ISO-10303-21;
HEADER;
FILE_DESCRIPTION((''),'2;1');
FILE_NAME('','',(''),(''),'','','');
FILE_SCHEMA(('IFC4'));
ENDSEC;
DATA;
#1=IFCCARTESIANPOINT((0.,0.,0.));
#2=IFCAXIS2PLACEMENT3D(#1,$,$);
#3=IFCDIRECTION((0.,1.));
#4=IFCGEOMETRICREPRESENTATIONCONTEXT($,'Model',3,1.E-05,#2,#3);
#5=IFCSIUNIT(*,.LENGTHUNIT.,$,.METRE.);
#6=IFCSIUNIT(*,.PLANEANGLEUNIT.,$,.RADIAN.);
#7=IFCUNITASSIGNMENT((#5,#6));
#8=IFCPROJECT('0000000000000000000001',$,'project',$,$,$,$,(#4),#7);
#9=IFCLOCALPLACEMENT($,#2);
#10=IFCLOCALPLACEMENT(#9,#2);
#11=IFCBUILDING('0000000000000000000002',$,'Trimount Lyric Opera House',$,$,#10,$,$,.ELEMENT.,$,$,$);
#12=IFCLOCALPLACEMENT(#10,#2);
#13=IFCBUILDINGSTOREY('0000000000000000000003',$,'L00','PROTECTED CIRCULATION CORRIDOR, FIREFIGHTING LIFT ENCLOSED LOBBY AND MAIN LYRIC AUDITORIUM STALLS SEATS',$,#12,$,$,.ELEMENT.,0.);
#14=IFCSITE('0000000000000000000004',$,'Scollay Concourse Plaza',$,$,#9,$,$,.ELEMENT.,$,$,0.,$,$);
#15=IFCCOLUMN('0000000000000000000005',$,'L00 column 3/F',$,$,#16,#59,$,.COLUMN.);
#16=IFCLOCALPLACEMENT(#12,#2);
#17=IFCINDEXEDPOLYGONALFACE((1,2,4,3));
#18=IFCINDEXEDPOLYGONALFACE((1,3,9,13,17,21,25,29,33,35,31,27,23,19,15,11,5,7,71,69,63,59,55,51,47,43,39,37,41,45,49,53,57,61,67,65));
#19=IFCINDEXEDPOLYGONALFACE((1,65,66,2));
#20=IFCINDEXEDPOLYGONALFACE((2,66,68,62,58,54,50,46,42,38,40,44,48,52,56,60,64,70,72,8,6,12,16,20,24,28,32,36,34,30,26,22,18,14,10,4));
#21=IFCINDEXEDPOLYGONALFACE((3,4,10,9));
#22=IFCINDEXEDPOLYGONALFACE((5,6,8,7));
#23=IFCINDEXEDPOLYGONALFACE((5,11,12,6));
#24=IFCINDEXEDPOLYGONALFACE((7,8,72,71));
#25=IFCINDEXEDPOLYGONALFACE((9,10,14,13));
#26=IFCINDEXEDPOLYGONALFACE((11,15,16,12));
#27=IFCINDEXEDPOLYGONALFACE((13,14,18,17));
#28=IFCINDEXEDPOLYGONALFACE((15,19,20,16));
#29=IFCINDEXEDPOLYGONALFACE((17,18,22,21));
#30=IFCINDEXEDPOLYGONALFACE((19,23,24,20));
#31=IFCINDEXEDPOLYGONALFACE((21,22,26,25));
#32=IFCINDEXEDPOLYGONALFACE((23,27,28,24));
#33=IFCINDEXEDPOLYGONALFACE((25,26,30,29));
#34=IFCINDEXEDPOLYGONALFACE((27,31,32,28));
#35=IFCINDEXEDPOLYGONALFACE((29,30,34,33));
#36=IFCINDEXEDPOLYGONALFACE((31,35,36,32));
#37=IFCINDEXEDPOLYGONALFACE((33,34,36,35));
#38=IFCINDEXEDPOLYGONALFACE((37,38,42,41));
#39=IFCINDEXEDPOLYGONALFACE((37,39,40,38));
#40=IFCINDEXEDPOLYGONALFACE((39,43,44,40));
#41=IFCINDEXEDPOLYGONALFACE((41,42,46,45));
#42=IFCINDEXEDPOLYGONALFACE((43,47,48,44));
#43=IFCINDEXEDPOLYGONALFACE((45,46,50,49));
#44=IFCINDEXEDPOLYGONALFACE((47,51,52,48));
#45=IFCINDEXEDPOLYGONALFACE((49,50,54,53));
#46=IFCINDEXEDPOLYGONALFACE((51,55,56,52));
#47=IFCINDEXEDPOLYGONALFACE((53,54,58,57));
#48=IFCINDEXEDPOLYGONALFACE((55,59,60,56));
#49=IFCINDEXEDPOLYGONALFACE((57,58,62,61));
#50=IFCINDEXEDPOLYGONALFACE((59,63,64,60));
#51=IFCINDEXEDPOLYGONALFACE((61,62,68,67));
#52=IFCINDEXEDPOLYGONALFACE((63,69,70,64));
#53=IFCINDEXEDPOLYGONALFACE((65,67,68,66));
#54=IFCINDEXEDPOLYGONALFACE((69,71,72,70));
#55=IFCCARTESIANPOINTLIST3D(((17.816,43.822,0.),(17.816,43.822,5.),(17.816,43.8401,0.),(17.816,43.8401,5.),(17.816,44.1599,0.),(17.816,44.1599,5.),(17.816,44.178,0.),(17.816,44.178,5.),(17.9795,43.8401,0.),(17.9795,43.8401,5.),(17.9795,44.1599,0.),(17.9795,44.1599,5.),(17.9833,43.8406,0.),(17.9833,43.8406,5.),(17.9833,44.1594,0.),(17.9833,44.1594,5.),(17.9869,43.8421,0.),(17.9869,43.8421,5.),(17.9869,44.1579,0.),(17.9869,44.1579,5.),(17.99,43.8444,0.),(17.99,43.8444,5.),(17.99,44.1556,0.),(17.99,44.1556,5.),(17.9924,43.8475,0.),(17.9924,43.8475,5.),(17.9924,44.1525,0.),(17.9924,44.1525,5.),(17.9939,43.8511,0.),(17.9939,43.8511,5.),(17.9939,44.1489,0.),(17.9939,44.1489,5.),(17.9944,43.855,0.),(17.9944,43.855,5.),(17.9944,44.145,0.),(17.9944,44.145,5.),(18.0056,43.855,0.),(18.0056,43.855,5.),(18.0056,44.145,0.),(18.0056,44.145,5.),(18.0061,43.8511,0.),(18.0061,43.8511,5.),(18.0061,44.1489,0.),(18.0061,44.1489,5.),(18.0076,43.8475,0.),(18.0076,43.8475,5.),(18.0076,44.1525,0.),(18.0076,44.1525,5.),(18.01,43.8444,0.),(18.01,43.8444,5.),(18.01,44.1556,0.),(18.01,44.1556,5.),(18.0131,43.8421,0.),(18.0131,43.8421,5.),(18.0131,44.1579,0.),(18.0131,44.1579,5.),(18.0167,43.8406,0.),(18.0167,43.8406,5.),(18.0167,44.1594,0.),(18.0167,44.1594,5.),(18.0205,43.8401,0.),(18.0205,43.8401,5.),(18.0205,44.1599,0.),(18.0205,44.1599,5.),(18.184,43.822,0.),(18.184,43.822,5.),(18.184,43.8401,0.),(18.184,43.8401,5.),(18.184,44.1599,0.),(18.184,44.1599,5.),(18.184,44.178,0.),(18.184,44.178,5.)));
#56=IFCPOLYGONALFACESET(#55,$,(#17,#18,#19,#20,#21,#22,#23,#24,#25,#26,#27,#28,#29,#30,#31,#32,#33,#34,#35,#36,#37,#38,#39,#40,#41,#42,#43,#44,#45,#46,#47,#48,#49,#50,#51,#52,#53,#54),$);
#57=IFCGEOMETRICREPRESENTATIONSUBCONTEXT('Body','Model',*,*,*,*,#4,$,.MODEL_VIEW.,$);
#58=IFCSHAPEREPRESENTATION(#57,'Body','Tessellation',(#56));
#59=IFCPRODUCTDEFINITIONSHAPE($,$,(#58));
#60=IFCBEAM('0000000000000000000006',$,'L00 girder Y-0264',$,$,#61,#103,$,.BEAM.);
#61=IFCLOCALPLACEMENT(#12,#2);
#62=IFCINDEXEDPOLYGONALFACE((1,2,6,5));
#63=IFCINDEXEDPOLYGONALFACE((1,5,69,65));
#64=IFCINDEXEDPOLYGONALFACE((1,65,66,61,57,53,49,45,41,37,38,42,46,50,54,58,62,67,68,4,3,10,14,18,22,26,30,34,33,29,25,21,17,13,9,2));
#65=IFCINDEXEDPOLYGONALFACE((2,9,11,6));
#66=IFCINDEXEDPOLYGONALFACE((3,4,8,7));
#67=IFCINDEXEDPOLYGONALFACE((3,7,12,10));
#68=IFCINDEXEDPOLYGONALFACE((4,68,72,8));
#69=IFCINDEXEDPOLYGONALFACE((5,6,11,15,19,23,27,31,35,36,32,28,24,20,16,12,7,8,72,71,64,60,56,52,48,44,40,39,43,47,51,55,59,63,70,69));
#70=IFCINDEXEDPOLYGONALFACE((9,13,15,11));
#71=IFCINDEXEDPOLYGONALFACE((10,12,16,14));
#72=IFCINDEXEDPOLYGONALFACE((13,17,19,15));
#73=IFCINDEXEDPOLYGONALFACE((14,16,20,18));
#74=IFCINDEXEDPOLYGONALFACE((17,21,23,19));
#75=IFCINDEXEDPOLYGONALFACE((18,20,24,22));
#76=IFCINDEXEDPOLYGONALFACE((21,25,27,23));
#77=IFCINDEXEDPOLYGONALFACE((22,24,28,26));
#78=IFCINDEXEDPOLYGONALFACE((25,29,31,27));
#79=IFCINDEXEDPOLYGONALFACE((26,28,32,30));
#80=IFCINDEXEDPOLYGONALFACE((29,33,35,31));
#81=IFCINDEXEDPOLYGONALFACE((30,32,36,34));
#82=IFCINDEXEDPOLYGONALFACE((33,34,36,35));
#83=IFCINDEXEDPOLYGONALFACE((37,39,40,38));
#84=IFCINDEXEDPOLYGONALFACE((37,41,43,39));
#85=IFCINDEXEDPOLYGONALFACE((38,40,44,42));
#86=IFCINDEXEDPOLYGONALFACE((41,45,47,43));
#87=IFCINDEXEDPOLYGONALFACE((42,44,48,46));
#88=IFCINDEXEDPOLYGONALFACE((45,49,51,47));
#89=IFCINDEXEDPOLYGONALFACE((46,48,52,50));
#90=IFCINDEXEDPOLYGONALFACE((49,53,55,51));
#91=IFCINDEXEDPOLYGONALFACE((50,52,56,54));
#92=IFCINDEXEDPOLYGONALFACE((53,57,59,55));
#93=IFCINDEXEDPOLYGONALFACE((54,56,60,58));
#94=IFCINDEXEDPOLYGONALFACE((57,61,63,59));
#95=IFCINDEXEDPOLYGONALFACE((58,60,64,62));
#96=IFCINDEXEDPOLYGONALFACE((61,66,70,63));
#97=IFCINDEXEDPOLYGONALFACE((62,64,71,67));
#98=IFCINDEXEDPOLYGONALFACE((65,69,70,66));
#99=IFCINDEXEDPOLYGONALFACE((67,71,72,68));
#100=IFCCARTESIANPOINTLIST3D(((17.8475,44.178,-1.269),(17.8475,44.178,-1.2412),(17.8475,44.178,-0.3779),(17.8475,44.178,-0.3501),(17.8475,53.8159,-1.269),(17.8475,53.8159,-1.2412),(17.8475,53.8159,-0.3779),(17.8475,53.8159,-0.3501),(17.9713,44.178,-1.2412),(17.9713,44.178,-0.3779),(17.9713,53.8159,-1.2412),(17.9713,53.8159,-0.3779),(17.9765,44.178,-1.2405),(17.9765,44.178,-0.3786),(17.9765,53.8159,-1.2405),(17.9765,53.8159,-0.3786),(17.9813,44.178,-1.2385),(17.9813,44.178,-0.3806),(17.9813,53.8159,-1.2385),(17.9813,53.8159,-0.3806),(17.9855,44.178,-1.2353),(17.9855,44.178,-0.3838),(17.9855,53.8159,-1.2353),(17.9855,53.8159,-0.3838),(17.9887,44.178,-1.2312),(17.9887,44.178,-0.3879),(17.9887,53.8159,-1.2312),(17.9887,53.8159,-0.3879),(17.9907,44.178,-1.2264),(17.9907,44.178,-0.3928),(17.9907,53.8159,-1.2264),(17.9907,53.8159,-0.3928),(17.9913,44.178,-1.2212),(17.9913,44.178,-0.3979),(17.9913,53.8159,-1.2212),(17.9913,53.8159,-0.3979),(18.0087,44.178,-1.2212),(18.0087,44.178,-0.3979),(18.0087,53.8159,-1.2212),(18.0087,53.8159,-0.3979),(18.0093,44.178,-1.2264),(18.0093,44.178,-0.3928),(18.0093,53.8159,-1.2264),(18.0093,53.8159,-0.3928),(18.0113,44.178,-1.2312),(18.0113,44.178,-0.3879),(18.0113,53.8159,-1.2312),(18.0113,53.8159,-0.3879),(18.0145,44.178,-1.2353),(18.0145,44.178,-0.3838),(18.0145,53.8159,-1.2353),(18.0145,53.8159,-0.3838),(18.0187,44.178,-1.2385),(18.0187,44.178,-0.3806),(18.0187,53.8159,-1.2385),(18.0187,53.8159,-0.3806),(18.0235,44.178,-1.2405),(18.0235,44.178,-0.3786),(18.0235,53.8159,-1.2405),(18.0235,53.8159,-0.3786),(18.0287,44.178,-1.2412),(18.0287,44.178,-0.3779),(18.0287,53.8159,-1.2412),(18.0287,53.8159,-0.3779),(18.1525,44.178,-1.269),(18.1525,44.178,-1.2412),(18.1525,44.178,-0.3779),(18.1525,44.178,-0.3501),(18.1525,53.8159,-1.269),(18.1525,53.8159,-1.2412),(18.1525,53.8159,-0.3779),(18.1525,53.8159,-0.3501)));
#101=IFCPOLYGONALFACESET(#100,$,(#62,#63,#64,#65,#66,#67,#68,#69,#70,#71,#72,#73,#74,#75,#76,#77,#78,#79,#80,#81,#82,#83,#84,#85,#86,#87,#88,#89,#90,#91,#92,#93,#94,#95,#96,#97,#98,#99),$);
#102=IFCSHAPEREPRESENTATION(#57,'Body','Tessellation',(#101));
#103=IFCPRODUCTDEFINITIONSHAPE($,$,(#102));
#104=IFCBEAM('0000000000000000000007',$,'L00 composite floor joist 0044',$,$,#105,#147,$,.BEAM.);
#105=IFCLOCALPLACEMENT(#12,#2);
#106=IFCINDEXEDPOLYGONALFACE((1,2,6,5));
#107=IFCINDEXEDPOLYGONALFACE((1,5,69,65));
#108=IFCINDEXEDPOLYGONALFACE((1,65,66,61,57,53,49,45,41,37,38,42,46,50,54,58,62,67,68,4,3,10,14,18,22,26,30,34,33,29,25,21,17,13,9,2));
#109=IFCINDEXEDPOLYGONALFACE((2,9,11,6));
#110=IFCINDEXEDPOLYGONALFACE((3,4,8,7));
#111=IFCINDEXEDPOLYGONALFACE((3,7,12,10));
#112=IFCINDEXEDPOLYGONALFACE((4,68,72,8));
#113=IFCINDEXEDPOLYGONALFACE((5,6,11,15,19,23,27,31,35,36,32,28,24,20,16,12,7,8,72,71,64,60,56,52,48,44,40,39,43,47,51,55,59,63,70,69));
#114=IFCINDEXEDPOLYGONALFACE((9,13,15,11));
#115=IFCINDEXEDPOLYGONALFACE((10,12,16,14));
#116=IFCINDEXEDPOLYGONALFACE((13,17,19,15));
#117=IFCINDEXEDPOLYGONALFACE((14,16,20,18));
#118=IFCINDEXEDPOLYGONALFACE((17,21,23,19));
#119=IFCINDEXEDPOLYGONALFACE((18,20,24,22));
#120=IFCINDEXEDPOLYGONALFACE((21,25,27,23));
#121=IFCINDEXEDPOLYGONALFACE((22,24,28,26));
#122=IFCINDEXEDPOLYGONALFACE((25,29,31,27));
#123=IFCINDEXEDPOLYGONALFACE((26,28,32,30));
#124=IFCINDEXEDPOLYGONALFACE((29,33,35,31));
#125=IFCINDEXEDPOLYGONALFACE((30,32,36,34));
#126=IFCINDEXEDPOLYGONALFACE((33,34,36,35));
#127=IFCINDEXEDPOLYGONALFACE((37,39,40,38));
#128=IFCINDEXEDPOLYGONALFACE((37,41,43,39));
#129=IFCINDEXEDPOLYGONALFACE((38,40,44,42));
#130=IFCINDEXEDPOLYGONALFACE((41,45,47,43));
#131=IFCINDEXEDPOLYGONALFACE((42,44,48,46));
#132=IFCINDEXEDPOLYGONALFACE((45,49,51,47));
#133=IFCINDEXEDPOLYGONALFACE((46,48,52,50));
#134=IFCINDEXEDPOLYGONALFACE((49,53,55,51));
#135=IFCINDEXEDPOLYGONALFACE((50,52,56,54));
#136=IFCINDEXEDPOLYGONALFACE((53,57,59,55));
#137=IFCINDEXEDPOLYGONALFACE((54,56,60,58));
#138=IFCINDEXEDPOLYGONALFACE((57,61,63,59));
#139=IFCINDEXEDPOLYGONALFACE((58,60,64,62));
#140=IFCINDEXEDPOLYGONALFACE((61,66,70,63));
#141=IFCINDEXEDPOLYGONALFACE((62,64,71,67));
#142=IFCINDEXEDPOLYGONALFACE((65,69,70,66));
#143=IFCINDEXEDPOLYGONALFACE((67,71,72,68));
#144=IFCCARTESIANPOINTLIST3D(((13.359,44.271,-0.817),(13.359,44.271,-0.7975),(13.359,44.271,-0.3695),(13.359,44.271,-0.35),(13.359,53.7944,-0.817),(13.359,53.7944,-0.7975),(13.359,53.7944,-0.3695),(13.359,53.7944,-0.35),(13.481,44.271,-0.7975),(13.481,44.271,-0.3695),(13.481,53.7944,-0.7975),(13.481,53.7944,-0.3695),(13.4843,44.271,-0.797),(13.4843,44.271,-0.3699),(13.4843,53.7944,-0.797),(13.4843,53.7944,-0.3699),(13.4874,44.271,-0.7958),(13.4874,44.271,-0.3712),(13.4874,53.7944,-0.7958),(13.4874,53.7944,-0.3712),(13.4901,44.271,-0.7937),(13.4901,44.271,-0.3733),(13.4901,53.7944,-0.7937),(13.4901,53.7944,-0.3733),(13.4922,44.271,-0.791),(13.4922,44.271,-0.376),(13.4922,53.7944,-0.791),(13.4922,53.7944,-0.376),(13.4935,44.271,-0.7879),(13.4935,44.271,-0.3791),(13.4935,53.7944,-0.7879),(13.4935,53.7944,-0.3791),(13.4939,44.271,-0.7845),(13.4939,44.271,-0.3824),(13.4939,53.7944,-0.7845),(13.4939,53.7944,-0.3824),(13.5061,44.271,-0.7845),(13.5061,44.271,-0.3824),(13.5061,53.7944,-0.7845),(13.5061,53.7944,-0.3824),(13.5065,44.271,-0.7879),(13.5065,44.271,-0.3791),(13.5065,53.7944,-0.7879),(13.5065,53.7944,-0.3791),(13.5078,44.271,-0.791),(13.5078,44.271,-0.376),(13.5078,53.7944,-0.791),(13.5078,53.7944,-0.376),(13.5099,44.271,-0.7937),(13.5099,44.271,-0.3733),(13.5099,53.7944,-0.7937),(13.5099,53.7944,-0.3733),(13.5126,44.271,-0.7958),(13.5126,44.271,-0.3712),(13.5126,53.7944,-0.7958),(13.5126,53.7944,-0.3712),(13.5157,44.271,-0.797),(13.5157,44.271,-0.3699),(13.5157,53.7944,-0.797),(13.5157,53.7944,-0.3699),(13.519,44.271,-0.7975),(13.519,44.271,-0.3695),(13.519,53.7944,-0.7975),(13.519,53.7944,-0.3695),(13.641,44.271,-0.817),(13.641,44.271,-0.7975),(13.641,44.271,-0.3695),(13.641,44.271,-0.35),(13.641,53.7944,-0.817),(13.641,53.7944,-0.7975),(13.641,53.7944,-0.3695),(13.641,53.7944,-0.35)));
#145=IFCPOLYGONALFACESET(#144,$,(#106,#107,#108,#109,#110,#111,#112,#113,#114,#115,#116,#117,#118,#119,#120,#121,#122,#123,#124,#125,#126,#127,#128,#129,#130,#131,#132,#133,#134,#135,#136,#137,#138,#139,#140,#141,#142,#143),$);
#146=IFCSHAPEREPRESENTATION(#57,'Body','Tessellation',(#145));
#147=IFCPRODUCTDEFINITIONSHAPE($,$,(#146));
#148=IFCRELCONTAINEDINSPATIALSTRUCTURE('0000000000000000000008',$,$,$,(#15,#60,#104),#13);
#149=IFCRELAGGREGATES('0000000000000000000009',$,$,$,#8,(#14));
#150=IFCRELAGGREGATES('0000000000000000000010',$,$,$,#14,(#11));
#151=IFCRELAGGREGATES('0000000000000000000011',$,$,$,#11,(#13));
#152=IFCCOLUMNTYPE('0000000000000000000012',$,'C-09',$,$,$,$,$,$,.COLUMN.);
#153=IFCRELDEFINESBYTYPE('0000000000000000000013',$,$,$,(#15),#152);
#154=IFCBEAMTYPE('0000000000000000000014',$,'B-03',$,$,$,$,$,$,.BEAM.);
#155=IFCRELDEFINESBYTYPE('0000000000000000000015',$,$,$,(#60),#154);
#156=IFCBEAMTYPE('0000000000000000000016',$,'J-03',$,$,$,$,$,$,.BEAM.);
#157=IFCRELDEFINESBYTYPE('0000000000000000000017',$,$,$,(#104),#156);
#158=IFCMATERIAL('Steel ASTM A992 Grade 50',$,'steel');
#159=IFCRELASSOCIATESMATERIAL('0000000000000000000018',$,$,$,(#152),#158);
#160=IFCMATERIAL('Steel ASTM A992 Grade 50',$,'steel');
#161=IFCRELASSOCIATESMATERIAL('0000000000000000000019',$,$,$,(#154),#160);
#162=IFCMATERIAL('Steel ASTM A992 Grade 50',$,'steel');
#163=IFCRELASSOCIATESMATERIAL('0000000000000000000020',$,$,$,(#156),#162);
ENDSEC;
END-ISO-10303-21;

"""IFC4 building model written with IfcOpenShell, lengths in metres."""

from ifc_helpers import new_model, si_unit, direction, frame, origin, origin_2d, place, context, subcontext, project, spatial, i_section, extrude, material, material_profile, profile_set, type_object, element, save


model = new_model("IFC4")

# Units and contexts
model_context = context("Model", 3, precision=1e-05, world=origin(), true_north=direction((0.0, 1.0)))
body_context = subcontext(model_context, "Body", "Model", "MODEL_VIEW")
ifc_project = project(units=[si_unit("LENGTHUNIT", "METRE"), si_unit("PLANEANGLEUNIT", "RADIAN")], contexts=[model_context])

# Site, building, storey
site_placement = place(None, origin())
site = spatial("IfcSite", under=ifc_project, at=site_placement, Name="Scollay Concourse Plaza", CompositionType="ELEMENT", RefElevation=0.0)
building_placement = place(site_placement, origin())
building = spatial("IfcBuilding", under=site, at=building_placement, Name="Trimount Lyric Opera House", CompositionType="ELEMENT")
storey_placement = place(building_placement, origin())
storey = spatial("IfcBuildingStorey", under=building, at=storey_placement, Name="L00", Description="PROTECTED CIRCULATION CORRIDOR, FIREFIGHTING LIFT ENCLOSED LOBBY AND MAIN LYRIC AUDITORIUM STALLS SEATS", CompositionType="ELEMENT", Elevation=0.0)

# Column
ifc_material_1 = material(Name="Steel ASTM A992 Grade 50", Category="steel")
ifc_material_profile_1 = material_profile(ifc_material_1, i_section(OverallWidth=0.3679, OverallDepth=0.356, WebThickness=0.0112, FlangeThickness=0.0181, FilletRadius=0.0149, at=origin_2d()), Name="W14X90")
ifc_profile_set_1 = profile_set([ifc_material_profile_1], Name="Steel ASTM A992 Grade 50")
column_type = type_object("IfcColumnType", Name="C-09", PredefinedType="COLUMN", material=ifc_profile_set_1)
column_placement = place(storey_placement, frame((18.0, 44.0, 0.0), z_axis=(0.0, 0.0, 1.0), x_axis=(1.0, 0.0, 0.0)))
element("IfcColumn", 1, at=column_placement, inside=storey, type_object=column_type, Name="L00 column 3/F", PredefinedType="COLUMN", context=body_context, shape_type="SweptSolid", body=[
    extrude(i_section(OverallWidth=0.3679, OverallDepth=0.356, WebThickness=0.0112, FlangeThickness=0.0181, FilletRadius=0.0149, at=origin_2d()), origin(), (0.0, 0.0, 1.0), 5.0),
])

# Beams
ifc_material_2 = material(Name="Steel ASTM A992 Grade 50", Category="steel")
ifc_material_profile_2 = material_profile(ifc_material_2, i_section(OverallWidth=0.3049, OverallDepth=0.9189, WebThickness=0.0173, FlangeThickness=0.0278, FilletRadius=0.02, at=origin_2d()), Name="W36X170")
ifc_profile_set_2 = profile_set([ifc_material_profile_2], Name="Steel ASTM A992 Grade 50")
beam_type_1 = type_object("IfcBeamType", Name="B-03", PredefinedType="BEAM", material=ifc_profile_set_2)
beam_1_placement = place(storey_placement, frame((18.0, 44.178, -0.8096), z_axis=(0.0, 1.0, 0.0), x_axis=(-1.0, 0.0, 0.0)))
element("IfcBeam", 2, at=beam_1_placement, inside=storey, type_object=beam_type_1, Name="L00 girder Y-0264", PredefinedType="BEAM", context=body_context, shape_type="SweptSolid", body=[
    extrude(i_section(OverallWidth=0.3049, OverallDepth=0.9189, WebThickness=0.0173, FlangeThickness=0.0278, FilletRadius=0.02, at=origin_2d()), origin(), (0.0, 0.0, 1.0), 9.6379),
])
ifc_material_3 = material(Name="Steel ASTM A992 Grade 50", Category="steel")
ifc_material_profile_3 = material_profile(ifc_material_3, i_section(OverallWidth=0.282, OverallDepth=0.467, WebThickness=0.0122, FlangeThickness=0.0195, FilletRadius=0.0129, at=origin_2d()), Name="W18X86")
ifc_profile_set_3 = profile_set([ifc_material_profile_3], Name="Steel ASTM A992 Grade 50")
beam_type_2 = type_object("IfcBeamType", Name="J-03", PredefinedType="BEAM", material=ifc_profile_set_3)
beam_2_placement = place(storey_placement, frame((13.5, 44.271, -0.5835), z_axis=(0.0, 1.0, 0.0), x_axis=(-1.0, 0.0, 0.0)))
element("IfcBeam", 3, at=beam_2_placement, inside=storey, type_object=beam_type_2, Name="L00 composite floor joist 0044", PredefinedType="BEAM", context=body_context, shape_type="SweptSolid", body=[
    extrude(i_section(OverallWidth=0.282, OverallDepth=0.467, WebThickness=0.0122, FlangeThickness=0.0195, FilletRadius=0.0129, at=origin_2d()), origin(), (0.0, 0.0, 1.0), 9.5234),
])

save(model, "model.ifc")
